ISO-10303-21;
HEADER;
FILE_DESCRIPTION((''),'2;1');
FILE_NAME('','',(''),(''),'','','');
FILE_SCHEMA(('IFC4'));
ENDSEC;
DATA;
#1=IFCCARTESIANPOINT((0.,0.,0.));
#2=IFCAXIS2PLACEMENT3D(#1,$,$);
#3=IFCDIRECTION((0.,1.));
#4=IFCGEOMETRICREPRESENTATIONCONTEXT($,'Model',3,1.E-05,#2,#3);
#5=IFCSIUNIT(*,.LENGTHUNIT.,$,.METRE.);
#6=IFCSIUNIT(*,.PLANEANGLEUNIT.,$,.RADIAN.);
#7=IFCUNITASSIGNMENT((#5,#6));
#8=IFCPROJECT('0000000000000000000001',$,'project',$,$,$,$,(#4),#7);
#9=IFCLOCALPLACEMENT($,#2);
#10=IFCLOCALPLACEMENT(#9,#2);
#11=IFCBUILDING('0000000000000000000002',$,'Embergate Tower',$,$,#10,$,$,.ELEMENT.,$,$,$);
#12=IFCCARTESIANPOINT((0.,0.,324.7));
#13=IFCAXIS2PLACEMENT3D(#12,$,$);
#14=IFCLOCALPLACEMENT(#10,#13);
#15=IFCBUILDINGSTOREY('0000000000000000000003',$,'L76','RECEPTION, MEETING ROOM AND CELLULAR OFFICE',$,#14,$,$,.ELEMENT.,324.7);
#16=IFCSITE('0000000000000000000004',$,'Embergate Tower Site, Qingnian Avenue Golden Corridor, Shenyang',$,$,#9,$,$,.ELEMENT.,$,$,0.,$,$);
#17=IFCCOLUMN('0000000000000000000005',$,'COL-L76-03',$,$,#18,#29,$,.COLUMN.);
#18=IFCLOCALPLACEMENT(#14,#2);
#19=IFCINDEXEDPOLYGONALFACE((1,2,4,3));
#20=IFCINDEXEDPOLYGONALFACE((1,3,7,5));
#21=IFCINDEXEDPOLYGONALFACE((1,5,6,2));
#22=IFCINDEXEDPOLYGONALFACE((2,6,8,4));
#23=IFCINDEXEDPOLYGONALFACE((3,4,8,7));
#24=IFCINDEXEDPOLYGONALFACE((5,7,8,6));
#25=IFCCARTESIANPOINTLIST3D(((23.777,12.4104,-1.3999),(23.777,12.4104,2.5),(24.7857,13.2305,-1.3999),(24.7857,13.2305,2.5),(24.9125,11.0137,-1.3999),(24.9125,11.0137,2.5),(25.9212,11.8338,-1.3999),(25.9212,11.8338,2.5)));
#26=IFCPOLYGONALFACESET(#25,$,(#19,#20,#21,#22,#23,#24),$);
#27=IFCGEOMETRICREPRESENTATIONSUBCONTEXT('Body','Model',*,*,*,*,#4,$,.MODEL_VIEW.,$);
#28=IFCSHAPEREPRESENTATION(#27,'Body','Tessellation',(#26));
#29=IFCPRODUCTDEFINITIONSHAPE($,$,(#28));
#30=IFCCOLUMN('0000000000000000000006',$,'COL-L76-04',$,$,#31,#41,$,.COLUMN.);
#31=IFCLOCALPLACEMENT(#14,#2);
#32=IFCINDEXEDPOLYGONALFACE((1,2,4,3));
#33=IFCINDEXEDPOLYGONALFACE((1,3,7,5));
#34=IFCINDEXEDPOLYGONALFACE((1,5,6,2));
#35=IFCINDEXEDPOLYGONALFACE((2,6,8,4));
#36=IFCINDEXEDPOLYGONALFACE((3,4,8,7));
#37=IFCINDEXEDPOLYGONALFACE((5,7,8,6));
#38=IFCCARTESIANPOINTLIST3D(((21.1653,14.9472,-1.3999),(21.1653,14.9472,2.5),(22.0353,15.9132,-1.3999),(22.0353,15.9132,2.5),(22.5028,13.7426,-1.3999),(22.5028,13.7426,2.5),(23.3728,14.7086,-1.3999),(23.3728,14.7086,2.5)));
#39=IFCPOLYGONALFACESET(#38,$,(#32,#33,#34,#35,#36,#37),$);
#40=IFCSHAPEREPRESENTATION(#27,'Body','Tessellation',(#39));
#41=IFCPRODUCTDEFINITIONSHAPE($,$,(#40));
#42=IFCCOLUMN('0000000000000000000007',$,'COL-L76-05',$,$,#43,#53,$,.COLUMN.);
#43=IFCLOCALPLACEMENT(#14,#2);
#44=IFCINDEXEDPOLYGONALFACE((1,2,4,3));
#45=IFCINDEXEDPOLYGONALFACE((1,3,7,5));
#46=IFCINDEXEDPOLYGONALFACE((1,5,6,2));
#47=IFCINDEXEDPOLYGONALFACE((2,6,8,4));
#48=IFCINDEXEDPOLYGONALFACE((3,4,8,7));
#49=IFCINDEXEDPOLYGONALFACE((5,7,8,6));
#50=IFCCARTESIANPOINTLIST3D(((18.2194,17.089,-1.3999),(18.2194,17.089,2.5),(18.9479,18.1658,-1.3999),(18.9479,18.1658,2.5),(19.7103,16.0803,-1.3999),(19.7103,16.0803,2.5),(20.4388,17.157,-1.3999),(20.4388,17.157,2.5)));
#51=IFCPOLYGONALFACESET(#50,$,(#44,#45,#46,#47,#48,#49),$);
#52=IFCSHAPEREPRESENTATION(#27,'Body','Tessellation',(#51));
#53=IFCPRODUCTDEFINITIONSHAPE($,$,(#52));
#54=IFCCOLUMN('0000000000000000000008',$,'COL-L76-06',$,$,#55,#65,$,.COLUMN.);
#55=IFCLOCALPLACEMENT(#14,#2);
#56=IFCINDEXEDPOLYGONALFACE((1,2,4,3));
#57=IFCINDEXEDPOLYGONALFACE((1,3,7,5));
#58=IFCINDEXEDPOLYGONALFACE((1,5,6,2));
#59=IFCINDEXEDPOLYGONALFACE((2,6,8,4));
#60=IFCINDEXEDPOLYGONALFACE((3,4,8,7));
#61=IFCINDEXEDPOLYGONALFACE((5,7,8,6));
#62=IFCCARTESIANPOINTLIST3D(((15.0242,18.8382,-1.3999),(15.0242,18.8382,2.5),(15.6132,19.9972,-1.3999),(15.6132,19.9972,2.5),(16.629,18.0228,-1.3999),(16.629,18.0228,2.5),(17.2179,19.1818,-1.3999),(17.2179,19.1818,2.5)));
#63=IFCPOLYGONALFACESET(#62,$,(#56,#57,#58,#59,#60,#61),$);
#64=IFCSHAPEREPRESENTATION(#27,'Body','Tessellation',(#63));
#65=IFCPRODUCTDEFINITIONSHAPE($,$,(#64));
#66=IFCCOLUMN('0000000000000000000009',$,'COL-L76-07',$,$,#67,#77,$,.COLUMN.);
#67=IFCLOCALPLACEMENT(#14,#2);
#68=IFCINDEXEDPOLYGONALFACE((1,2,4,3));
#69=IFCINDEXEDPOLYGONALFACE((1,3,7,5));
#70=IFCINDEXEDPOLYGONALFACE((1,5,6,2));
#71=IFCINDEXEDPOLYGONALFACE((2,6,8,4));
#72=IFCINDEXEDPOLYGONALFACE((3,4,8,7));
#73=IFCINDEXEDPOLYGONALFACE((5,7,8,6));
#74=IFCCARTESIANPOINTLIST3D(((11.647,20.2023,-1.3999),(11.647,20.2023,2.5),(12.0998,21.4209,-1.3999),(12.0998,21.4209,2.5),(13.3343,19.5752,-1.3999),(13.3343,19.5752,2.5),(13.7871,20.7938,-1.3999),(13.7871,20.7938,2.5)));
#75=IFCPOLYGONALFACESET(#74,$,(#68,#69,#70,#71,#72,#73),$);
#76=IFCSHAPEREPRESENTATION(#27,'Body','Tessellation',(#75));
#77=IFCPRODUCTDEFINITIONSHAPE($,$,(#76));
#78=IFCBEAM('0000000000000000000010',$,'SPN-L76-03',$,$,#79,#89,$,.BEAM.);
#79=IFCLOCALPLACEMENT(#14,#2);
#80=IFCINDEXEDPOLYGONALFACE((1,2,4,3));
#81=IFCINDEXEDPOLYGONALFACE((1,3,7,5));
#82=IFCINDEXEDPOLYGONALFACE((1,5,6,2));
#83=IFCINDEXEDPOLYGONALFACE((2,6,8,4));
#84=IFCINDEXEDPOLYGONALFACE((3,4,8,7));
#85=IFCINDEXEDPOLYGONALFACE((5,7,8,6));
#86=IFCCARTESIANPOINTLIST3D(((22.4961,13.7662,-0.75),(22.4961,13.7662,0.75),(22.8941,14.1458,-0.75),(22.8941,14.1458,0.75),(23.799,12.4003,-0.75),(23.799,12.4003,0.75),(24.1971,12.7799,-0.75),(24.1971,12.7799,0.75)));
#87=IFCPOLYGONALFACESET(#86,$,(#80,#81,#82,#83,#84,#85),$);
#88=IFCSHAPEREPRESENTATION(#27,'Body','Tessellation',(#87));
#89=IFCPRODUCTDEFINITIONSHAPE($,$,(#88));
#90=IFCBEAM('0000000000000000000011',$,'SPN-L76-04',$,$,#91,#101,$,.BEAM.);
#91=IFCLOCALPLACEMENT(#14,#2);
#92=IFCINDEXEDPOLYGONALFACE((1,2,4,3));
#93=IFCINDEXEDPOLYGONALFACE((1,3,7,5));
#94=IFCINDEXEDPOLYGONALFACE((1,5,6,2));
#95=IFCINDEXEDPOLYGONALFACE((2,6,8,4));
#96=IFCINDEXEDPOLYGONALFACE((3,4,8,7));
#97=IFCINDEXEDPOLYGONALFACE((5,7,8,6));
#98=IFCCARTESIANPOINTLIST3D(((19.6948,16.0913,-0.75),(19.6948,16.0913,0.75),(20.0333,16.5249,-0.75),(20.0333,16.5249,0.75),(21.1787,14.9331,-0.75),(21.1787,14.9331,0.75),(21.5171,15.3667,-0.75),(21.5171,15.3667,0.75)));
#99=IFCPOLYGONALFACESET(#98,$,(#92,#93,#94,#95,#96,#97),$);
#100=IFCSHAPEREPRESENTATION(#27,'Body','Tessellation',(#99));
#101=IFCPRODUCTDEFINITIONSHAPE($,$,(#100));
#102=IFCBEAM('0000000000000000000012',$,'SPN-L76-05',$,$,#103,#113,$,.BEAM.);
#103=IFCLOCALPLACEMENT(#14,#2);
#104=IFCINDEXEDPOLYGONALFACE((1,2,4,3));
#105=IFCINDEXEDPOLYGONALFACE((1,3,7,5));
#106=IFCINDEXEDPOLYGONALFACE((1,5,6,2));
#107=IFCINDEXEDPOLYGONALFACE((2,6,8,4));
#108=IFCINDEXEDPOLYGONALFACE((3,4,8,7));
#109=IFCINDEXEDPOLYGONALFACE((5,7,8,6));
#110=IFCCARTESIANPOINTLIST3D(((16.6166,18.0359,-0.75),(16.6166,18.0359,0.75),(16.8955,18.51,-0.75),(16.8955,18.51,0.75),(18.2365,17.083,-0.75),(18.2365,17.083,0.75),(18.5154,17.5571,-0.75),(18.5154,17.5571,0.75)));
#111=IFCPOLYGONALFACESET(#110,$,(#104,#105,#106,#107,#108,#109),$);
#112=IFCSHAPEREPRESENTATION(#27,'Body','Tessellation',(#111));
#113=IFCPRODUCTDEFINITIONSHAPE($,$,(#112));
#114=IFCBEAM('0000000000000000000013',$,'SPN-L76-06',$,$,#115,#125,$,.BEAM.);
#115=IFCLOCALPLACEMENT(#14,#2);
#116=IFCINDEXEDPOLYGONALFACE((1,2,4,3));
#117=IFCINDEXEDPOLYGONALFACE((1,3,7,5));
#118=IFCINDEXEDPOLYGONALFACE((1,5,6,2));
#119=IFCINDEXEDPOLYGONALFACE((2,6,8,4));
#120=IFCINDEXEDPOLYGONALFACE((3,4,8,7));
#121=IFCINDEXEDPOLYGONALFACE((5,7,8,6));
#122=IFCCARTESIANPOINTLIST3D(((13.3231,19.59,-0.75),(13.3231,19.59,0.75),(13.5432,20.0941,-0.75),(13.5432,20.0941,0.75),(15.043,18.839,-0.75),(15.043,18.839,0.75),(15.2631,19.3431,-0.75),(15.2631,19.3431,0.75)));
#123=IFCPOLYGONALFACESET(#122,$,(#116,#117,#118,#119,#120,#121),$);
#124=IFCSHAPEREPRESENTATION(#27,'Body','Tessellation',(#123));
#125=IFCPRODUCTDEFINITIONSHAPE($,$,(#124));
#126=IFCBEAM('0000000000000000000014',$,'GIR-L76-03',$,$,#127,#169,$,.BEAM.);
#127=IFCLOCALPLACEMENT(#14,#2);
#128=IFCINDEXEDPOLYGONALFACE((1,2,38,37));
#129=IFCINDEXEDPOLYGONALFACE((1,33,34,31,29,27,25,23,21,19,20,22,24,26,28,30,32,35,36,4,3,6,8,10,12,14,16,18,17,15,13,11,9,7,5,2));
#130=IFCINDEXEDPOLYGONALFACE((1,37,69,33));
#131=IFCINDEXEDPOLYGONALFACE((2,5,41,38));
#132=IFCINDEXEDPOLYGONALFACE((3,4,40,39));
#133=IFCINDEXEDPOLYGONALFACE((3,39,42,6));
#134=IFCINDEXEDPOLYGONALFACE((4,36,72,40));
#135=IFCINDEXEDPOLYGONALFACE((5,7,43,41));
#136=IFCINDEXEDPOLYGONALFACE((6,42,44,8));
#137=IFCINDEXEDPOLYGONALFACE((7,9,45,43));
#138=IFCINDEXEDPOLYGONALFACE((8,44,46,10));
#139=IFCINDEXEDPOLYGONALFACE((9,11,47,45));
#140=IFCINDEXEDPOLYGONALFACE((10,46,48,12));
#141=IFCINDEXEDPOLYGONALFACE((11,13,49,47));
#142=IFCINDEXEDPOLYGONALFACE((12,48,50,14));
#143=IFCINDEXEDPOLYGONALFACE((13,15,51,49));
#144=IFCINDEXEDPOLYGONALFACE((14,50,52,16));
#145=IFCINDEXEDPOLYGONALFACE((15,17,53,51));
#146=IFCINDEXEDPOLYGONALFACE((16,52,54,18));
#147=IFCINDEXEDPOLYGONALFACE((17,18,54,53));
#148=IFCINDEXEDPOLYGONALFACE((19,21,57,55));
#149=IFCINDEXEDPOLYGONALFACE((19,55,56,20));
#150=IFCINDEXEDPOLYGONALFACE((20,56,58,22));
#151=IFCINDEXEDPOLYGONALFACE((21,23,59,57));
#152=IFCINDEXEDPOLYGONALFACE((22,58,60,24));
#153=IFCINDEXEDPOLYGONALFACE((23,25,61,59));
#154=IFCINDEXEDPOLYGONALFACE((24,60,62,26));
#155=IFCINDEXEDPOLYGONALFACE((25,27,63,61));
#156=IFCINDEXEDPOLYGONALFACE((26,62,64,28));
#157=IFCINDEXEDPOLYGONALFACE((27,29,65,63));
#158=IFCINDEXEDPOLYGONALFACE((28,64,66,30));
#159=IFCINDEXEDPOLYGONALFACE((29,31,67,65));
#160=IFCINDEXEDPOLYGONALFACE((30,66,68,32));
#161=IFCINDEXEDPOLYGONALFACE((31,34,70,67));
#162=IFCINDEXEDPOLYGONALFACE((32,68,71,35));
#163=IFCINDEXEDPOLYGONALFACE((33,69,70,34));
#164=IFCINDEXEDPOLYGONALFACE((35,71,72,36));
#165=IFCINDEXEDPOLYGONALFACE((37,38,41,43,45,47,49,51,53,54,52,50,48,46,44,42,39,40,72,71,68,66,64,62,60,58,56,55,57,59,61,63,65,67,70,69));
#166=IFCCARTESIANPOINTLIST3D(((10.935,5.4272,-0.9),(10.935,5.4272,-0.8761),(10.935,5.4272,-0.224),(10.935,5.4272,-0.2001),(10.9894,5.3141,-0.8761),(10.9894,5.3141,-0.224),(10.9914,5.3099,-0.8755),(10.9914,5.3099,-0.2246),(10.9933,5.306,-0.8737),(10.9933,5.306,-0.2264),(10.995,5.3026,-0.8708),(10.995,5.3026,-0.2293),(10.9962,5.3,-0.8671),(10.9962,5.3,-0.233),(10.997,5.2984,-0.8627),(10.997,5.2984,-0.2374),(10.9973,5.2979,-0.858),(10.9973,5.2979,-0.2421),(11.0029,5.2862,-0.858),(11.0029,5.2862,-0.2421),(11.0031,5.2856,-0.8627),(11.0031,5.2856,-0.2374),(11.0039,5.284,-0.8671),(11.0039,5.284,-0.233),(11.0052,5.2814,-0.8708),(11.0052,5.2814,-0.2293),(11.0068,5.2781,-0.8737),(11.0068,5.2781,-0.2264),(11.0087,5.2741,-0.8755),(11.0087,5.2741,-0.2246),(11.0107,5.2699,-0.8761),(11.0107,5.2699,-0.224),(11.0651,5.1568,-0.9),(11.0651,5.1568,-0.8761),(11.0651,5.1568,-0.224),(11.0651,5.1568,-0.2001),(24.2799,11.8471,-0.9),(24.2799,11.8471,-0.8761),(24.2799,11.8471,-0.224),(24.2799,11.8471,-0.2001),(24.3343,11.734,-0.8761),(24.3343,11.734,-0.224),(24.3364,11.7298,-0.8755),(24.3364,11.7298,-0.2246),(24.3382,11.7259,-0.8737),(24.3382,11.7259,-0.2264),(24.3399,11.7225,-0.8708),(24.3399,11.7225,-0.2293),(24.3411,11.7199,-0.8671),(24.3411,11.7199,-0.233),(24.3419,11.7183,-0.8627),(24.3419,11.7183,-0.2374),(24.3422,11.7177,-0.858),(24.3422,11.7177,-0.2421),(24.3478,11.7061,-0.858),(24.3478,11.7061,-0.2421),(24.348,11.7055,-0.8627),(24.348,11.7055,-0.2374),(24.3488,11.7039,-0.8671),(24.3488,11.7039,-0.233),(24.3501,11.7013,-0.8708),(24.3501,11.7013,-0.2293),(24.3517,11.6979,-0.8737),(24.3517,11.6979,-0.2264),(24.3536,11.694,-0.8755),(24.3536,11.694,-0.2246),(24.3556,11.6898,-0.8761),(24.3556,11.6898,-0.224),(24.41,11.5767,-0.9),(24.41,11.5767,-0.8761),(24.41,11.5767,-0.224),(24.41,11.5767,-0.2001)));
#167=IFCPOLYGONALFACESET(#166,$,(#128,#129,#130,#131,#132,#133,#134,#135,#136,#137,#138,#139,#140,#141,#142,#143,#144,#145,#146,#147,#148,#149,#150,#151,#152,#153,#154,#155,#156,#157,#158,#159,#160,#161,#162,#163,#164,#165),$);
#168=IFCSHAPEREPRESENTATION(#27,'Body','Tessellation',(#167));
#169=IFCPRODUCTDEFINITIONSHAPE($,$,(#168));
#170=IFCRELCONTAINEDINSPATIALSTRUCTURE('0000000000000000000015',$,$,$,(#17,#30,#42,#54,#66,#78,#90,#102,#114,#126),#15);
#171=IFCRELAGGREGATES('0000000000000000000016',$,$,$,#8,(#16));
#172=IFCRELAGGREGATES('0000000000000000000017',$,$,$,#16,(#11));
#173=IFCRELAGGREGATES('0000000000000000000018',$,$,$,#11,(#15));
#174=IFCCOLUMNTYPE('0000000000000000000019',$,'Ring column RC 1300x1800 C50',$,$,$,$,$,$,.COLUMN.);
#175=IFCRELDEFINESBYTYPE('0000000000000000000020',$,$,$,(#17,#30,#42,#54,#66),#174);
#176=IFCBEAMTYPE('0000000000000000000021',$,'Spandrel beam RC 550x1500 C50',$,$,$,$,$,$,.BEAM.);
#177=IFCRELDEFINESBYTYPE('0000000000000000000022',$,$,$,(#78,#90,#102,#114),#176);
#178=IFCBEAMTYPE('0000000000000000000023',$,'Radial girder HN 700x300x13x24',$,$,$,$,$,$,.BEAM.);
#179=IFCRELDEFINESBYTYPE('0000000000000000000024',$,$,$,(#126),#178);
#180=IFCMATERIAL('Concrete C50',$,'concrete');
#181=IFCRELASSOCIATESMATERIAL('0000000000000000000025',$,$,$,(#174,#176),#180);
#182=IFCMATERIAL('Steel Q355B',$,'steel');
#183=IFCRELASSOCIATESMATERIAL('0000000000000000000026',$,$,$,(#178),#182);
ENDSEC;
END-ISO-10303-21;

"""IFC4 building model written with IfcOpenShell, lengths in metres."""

from ifc_helpers import new_model, si_unit, direction, frame, origin, origin_2d, place, context, subcontext, project, spatial, rectangle, i_section, extrude, source, transform, mapped, material, material_profile, profile_set, type_object, element, save


model = new_model("IFC4")

# Units and contexts
model_context = context("Model", 3, precision=1e-05, world=origin(), true_north=direction((0.0, 1.0)))
body_context = subcontext(model_context, "Body", "Model", "MODEL_VIEW")
ifc_project = project(units=[si_unit("LENGTHUNIT", "METRE"), si_unit("PLANEANGLEUNIT", "RADIAN")], contexts=[model_context])

# Site, building, storey
site_placement = place(None, origin())
site = spatial("IfcSite", under=ifc_project, at=site_placement, Name="Embergate Tower Site, Qingnian Avenue Golden Corridor, Shenyang", CompositionType="ELEMENT", RefElevation=0.0)
building_placement = place(site_placement, origin())
building = spatial("IfcBuilding", under=site, at=building_placement, Name="Embergate Tower", CompositionType="ELEMENT")
storey_placement = place(building_placement, frame((0.0, 0.0, 324.7)))
storey = spatial("IfcBuildingStorey", under=building, at=storey_placement, Name="L76", Description="RECEPTION, MEETING ROOM AND CELLULAR OFFICE", CompositionType="ELEMENT", Elevation=324.7)

# Columns
ifc_material_1 = material(Name="Concrete C50", Category="concrete")
ifc_material_profile_1 = material_profile(ifc_material_1, rectangle(XDim=1.3, YDim=1.8, at=origin_2d()), Name="RC 1300x1800")
ifc_profile_set_1 = profile_set([ifc_material_profile_1], Name="Concrete C50")
column_type = type_object("IfcColumnType", Name="Ring column RC 1300x1800 C50", PredefinedType="COLUMN", material=ifc_profile_set_1)
shared_shape_1 = source(origin(), body_context, "Body", "SweptSolid", [
    extrude(rectangle(XDim=1.3, YDim=1.8, at=origin_2d()), origin(), (0.0, 0.0, 1.0), 3.8999),
])
for number, where, z_axis, x_axis, name in (
    (1, (24.8491, 12.1221, -1.3999), (0.0, 0.0, 1.0), (0.775925, 0.630825, 0.0), "COL-L76-03"),
    (2, (22.269, 14.8279, -1.3999), (0.0, 0.0, 1.0), (0.669221, 0.743063, 0.0), "COL-L76-04"),
    (3, (19.3291, 17.123, -1.3999), (0.0, 0.0, 1.0), (0.560393, 0.828227, 0.0), "COL-L76-05"),
    (4, (16.1211, 19.01, -1.3999), (0.0, 0.0, 1.0), (0.453011, 0.891505, 0.0), "COL-L76-06"),
    (5, (12.717, 20.498, -1.3999), (0.0, 0.0, 1.0), (0.348343, 0.937367, 0.0), "COL-L76-07"),
):
    element("IfcColumn", number, at=place(storey_placement, frame(where, z_axis=z_axis, x_axis=x_axis)), inside=storey, type_object=column_type, Name=name, PredefinedType="COLUMN", context=body_context, shape_type="MappedRepresentation", body=[
        mapped(shared_shape_1, transform((0.0, 0.0, 0.0))),
    ])

# Beams
ifc_material_profile_2 = material_profile(ifc_material_1, rectangle(XDim=0.55, YDim=1.5, at=origin_2d()), Name="RC 550x1500")
ifc_profile_set_2 = profile_set([ifc_material_profile_2], Name="Concrete C50")
beam_type_1 = type_object("IfcBeamType", Name="Spandrel beam RC 550x1500 C50", PredefinedType="BEAM", material=ifc_profile_set_2)
shared_shape_2 = source(origin(), body_context, "Body", "SweptSolid", [
    extrude(rectangle(XDim=0.55, YDim=1.5, at=origin_2d()), origin(), (0.0, 0.0, 1.0), 1.8877),
])
beam_1_placement = place(storey_placement, frame((23.998, 12.5901, 0.0), z_axis=(-0.690227, 0.723593, 0.0), x_axis=(-0.723593, -0.690227, 0.0)))
element("IfcBeam", 6, at=beam_1_placement, inside=storey, type_object=beam_type_1, Name="SPN-L76-03", PredefinedType="BEAM", context=body_context, shape_type="MappedRepresentation", body=[
    mapped(shared_shape_2, transform((0.0, 0.0, 0.0))),
])
shared_shape_3 = source(origin(), body_context, "Body", "SweptSolid", [
    extrude(rectangle(XDim=0.55, YDim=1.5, at=origin_2d()), origin(), (0.0, 0.0, 1.0), 1.8823),
])
beam_2_placement = place(storey_placement, frame((21.3479, 15.1499, 0.0), z_axis=(-0.788304, 0.615287, 0.0), x_axis=(-0.615287, -0.788304, 0.0)))
element("IfcBeam", 7, at=beam_2_placement, inside=storey, type_object=beam_type_1, Name="SPN-L76-04", PredefinedType="BEAM", context=body_context, shape_type="MappedRepresentation", body=[
    mapped(shared_shape_3, transform((0.0, 0.0, 0.0))),
])
shared_shape_4 = source(origin(), body_context, "Body", "SweptSolid", [
    extrude(rectangle(XDim=0.55, YDim=1.5, at=origin_2d()), origin(), (0.0, 0.0, 1.0), 1.8794),
])
beam_3_placement = place(storey_placement, frame((18.376, 17.3201, 0.0), z_axis=(-0.861931, 0.507026, 0.0), x_axis=(-0.507026, -0.861931, 0.0)))
element("IfcBeam", 8, at=beam_3_placement, inside=storey, type_object=beam_type_1, Name="SPN-L76-05", PredefinedType="BEAM", context=body_context, shape_type="MappedRepresentation", body=[
    mapped(shared_shape_4, transform((0.0, 0.0, 0.0))),
])
shared_shape_5 = source(origin(), body_context, "Body", "SweptSolid", [
    extrude(rectangle(XDim=0.55, YDim=1.5, at=origin_2d()), origin(), (0.0, 0.0, 1.0), 1.8767),
])
beam_4_placement = place(storey_placement, frame((15.1531, 19.0911, 0.0), z_axis=(-0.916453, 0.400143, 0.0), x_axis=(-0.400143, -0.916453, 0.0)))
element("IfcBeam", 9, at=beam_4_placement, inside=storey, type_object=beam_type_1, Name="SPN-L76-06", PredefinedType="BEAM", context=body_context, shape_type="MappedRepresentation", body=[
    mapped(shared_shape_5, transform((0.0, 0.0, 0.0))),
])
ifc_material_2 = material(Name="Steel Q355B", Category="steel")
ifc_material_profile_3 = material_profile(ifc_material_2, i_section(OverallWidth=0.3, OverallDepth=0.7, WebThickness=0.0129, FlangeThickness=0.0239, FilletRadius=0.0181, at=origin_2d()), Name="HN 700x300x13x24")
ifc_profile_set_3 = profile_set([ifc_material_profile_3], Name="Steel Q355 grade B")
beam_type_2 = type_object("IfcBeamType", Name="Radial girder HN 700x300x13x24", PredefinedType="BEAM", material=ifc_profile_set_3)
shared_shape_6 = source(origin(), body_context, "Body", "SweptSolid", [
    extrude(i_section(OverallWidth=0.3, OverallDepth=0.7, WebThickness=0.0129, FlangeThickness=0.0239, FilletRadius=0.0181, at=origin_2d()), origin(), (0.0, 0.0, 1.0), 14.8088),
])
beam_5_placement = place(storey_placement, frame((24.345, 11.7119, -0.55), z_axis=(-0.901145, -0.433518, 0.0), x_axis=(0.433518, -0.901145, 0.0)))
element("IfcBeam", 10, at=beam_5_placement, inside=storey, type_object=beam_type_2, Name="GIR-L76-03", PredefinedType="BEAM", context=body_context, shape_type="MappedRepresentation", body=[
    mapped(shared_shape_6, transform((0.0, 0.0, 0.0))),
])

save(model, "model.ifc")
